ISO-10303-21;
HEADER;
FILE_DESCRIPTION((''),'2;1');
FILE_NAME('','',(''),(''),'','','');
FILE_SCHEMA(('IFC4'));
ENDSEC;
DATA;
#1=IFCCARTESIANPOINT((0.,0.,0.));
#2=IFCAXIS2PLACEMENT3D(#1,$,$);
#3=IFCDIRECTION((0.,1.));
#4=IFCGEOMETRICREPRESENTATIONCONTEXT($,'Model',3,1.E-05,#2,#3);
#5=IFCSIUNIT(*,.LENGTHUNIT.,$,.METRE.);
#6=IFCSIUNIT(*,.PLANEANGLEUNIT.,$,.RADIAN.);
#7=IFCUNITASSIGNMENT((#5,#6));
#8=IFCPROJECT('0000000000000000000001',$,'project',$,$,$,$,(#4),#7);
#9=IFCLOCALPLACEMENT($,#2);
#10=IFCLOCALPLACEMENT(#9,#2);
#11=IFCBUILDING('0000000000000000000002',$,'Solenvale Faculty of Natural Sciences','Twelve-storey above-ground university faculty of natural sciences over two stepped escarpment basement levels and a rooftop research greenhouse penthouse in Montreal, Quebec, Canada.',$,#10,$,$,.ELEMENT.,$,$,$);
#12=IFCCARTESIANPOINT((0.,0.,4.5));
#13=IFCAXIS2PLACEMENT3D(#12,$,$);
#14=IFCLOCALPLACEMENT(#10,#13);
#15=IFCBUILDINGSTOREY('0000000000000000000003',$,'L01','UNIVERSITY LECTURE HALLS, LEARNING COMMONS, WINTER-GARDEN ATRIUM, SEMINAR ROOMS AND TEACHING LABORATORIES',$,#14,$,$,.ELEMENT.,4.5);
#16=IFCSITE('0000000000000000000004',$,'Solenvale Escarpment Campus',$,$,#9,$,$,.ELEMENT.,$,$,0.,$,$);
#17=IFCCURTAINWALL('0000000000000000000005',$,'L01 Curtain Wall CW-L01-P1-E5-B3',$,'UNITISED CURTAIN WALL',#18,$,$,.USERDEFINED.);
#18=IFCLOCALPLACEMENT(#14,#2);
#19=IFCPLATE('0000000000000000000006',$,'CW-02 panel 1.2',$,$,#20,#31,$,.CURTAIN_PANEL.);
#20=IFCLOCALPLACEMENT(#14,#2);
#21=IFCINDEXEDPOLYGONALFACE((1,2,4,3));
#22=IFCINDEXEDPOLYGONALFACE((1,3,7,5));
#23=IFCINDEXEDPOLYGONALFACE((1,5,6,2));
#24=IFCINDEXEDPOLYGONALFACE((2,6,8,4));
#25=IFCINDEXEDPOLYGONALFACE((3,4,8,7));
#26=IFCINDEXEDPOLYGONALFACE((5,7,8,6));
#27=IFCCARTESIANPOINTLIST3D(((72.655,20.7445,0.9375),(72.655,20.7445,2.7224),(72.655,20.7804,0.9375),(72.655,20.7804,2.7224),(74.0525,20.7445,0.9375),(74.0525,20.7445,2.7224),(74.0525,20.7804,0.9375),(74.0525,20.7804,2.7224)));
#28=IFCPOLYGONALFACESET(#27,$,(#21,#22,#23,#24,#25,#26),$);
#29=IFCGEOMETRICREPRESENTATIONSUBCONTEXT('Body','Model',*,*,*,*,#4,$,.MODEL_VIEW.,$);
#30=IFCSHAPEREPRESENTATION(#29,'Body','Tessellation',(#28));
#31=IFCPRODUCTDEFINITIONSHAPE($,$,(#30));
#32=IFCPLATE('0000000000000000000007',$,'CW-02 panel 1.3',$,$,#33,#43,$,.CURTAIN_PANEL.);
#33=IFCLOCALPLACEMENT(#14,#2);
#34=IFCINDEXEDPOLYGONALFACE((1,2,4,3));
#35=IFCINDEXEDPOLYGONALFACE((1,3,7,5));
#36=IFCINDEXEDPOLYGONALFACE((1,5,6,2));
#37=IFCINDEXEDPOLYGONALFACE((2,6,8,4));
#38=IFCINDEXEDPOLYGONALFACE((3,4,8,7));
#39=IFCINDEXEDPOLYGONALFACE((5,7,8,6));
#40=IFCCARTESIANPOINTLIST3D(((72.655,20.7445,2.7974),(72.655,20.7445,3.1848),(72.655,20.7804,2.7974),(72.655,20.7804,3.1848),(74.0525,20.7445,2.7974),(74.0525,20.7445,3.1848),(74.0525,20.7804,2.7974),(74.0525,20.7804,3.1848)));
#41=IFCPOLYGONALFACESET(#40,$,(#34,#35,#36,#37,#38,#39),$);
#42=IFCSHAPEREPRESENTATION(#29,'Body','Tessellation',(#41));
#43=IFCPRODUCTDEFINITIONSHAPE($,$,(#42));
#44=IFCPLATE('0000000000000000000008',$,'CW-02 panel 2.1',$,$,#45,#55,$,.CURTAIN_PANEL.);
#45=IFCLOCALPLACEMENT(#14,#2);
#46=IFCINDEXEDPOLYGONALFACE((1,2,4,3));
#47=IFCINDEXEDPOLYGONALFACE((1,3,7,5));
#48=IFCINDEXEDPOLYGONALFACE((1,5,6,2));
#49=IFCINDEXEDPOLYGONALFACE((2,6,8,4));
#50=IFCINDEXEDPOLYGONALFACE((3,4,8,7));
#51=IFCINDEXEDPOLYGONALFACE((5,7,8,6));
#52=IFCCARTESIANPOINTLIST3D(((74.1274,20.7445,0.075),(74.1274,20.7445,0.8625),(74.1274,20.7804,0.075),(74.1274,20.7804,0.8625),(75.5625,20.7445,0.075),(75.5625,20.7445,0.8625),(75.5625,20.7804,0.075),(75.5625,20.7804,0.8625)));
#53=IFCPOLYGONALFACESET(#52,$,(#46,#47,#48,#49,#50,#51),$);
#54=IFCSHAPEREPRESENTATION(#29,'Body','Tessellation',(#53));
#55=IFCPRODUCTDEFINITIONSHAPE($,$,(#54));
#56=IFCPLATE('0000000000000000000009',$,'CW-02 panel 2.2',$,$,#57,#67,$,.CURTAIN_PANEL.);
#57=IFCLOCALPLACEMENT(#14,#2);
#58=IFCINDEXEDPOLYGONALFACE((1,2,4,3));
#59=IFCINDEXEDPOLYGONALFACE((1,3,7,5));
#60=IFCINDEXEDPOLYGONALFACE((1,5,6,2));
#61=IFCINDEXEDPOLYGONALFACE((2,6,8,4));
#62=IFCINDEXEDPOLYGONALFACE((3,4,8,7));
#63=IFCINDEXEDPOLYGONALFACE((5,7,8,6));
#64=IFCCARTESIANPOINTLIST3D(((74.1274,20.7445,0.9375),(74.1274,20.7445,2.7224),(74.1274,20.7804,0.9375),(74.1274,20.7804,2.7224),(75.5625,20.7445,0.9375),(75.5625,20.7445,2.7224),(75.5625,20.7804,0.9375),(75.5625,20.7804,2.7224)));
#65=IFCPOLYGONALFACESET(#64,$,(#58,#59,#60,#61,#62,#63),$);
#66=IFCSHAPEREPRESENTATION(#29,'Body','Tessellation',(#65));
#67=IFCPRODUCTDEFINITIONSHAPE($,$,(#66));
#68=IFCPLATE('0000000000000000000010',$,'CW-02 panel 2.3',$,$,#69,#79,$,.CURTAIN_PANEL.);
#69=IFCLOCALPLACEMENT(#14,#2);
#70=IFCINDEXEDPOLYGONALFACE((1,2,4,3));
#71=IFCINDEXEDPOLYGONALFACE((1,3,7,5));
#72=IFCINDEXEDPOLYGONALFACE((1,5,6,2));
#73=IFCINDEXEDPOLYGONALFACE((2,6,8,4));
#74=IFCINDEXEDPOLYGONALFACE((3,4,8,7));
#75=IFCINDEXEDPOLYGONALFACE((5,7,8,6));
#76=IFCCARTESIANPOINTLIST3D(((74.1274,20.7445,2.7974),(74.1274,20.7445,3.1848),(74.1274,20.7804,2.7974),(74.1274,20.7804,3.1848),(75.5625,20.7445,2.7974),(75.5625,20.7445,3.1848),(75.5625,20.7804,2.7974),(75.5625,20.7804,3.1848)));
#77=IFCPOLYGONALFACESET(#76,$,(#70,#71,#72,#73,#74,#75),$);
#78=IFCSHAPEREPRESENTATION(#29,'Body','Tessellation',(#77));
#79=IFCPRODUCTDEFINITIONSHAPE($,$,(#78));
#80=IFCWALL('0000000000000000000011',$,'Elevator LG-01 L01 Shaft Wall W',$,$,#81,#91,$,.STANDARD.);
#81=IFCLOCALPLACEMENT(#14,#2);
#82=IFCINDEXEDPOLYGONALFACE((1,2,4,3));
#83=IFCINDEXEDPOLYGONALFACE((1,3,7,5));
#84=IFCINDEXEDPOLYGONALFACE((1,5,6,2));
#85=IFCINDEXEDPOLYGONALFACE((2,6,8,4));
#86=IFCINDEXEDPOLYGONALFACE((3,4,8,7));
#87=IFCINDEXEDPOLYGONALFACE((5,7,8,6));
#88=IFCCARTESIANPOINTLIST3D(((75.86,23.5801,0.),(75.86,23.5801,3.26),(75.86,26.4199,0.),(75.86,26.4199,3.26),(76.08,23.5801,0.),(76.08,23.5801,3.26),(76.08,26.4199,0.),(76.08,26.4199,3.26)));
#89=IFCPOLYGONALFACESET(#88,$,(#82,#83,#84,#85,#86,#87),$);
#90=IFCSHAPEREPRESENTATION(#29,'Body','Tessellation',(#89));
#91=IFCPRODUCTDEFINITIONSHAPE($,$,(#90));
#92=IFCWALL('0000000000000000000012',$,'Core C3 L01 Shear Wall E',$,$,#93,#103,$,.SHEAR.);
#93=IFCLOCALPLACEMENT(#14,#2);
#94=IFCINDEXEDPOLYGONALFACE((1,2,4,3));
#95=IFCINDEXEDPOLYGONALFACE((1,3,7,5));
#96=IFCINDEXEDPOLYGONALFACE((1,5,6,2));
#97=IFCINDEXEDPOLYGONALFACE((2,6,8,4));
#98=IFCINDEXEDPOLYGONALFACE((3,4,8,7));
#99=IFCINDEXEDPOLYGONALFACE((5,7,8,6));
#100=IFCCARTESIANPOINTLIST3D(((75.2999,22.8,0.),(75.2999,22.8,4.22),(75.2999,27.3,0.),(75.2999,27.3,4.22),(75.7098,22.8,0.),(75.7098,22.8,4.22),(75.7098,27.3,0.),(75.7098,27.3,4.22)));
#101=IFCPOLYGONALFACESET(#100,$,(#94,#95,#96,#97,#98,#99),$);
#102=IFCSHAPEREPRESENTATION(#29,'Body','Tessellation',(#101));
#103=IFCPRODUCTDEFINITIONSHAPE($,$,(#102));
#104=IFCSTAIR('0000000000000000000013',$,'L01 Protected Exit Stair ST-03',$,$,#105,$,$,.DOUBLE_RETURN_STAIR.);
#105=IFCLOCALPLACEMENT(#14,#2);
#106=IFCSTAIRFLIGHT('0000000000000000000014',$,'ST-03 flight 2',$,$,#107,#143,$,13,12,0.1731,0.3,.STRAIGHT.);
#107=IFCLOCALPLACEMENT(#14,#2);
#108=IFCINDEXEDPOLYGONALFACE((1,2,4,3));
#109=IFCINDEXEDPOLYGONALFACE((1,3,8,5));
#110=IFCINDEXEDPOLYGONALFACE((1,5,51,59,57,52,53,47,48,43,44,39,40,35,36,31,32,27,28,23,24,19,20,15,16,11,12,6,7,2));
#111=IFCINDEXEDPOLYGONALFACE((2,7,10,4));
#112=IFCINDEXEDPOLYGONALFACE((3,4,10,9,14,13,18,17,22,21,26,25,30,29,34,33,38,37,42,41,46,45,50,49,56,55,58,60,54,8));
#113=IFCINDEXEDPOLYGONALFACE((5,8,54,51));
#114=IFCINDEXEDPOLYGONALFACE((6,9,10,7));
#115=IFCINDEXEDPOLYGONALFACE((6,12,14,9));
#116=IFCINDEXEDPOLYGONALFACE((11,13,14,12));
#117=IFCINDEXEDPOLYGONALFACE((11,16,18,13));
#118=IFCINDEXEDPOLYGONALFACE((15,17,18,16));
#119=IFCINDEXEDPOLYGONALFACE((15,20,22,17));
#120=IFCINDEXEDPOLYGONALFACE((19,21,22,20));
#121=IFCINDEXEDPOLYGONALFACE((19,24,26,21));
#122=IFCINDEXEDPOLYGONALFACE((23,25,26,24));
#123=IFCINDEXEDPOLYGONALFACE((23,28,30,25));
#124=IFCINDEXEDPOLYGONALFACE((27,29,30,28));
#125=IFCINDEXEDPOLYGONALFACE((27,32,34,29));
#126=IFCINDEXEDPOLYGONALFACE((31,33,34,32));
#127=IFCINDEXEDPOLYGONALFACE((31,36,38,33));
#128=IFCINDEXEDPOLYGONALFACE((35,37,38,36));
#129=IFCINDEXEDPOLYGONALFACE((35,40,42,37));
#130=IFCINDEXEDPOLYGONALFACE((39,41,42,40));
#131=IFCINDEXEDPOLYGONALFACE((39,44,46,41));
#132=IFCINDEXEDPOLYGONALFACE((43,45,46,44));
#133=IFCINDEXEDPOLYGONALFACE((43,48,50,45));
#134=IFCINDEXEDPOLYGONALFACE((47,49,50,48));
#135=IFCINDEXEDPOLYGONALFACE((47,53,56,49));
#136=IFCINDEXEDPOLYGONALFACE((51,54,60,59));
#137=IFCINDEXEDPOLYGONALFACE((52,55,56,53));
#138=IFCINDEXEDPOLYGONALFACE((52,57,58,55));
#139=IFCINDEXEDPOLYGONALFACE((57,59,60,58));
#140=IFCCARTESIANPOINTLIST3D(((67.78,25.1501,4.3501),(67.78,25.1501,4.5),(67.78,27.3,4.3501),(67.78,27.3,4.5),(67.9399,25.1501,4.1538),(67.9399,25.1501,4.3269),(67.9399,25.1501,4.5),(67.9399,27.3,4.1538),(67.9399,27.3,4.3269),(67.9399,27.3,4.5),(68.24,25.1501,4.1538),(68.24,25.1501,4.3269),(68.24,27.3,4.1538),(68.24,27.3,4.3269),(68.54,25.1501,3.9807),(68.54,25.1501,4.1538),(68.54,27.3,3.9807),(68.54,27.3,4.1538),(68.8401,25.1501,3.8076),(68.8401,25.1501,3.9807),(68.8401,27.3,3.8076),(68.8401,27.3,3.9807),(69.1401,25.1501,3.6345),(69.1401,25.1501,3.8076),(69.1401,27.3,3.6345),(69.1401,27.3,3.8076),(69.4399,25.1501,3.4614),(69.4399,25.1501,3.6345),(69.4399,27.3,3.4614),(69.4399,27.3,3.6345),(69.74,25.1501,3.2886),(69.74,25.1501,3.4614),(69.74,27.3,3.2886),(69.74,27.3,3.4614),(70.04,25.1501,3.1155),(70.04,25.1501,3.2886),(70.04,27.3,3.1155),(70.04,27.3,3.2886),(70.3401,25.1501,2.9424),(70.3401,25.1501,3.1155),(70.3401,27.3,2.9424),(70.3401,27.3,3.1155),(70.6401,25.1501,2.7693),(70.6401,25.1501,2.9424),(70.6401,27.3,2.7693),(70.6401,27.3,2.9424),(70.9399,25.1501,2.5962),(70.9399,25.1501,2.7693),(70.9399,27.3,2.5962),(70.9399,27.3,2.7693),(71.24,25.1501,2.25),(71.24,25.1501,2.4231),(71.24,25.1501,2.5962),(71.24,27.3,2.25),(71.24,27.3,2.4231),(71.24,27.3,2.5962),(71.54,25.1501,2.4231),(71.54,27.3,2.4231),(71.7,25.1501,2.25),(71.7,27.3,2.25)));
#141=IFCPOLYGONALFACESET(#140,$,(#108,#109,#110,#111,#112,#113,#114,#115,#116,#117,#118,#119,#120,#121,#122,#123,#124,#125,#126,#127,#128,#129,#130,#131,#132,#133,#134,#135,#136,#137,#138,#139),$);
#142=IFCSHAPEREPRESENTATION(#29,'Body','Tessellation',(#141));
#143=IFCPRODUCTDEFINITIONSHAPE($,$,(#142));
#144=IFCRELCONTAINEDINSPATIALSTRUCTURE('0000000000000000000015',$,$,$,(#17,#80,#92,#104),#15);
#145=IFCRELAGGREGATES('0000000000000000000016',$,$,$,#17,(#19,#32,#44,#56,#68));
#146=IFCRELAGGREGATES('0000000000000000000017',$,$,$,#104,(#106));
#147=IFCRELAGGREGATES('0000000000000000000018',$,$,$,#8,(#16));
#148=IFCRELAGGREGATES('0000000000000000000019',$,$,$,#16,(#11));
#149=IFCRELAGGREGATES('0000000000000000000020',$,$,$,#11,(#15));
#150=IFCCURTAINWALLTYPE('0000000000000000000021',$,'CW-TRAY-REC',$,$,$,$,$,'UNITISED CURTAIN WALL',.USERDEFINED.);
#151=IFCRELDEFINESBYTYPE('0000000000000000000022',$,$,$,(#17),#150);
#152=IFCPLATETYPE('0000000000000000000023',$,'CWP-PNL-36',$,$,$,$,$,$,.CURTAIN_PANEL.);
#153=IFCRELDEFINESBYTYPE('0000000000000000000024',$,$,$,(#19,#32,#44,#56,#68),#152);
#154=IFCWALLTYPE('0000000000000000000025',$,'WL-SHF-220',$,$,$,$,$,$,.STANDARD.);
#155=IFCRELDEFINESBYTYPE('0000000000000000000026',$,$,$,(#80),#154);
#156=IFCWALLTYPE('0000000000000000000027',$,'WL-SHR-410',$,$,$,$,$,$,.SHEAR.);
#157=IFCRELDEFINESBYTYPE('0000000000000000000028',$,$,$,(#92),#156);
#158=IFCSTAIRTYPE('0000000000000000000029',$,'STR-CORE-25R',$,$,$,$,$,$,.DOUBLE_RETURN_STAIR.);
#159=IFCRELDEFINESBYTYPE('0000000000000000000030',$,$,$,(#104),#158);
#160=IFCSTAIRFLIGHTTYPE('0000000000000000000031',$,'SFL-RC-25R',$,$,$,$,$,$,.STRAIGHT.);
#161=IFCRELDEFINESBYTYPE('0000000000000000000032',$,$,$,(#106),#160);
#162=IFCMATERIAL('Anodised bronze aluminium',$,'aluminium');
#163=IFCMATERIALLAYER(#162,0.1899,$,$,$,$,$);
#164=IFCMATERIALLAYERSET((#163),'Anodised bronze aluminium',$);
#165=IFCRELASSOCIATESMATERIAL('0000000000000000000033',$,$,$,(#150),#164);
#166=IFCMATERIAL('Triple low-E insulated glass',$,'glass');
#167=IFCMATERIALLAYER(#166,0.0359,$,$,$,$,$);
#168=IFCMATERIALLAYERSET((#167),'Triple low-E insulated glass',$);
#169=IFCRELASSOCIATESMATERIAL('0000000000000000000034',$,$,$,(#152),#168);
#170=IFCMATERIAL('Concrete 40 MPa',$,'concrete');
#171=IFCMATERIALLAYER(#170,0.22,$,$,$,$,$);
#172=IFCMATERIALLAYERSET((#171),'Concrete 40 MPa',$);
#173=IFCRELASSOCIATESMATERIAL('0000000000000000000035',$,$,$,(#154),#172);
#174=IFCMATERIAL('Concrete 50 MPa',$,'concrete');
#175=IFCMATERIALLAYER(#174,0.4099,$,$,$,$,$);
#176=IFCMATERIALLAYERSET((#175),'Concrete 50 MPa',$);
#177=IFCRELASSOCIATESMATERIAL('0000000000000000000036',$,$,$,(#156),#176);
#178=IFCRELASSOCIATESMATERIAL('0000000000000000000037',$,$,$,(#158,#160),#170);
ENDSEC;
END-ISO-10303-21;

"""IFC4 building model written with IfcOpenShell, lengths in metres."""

from ifc_helpers import new_model, si_unit, direction, frame, frame_2d, origin, origin_2d, place, context, subcontext, project, spatial, polyline, rectangle, outline, extrude, material, layer, layer_set, type_object, element, aggregate, save


model = new_model("IFC4")

# Units and contexts
model_context = context("Model", 3, precision=1e-05, world=origin(), true_north=direction((0.0, 1.0)))
body_context = subcontext(model_context, "Body", "Model", "MODEL_VIEW")
ifc_project = project(units=[si_unit("LENGTHUNIT", "METRE"), si_unit("PLANEANGLEUNIT", "RADIAN")], contexts=[model_context])

# Site, building, storey
site_placement = place(None, origin())
site = spatial("IfcSite", under=ifc_project, at=site_placement, Name="Solenvale Escarpment Campus", CompositionType="ELEMENT", RefElevation=0.0)
building_placement = place(site_placement, origin())
building = spatial("IfcBuilding", under=site, at=building_placement, Name="Solenvale Faculty of Natural Sciences", Description="Twelve-storey above-ground university faculty of natural sciences over two stepped escarpment basement levels and a rooftop research greenhouse penthouse in Montreal, Quebec, Canada.", CompositionType="ELEMENT")
storey_placement = place(building_placement, frame((0.0, 0.0, 4.5)))
storey = spatial("IfcBuildingStorey", under=building, at=storey_placement, Name="L01", Description="UNIVERSITY LECTURE HALLS, LEARNING COMMONS, WINTER-GARDEN ATRIUM, SEMINAR ROOMS AND TEACHING LABORATORIES", CompositionType="ELEMENT", Elevation=4.5)

# Shared definitions
ifc_material_1 = material(Name="Concrete 50 MPa", Category="concrete")

# Shared definitions
ifc_material_2 = material(Name="Concrete 40 MPa", Category="concrete")

# Curtain wall, plates
ifc_material_3 = material(Name="Anodised bronze aluminium", Category="aluminium")
ifc_layer_1 = layer(ifc_material_3, 0.1899)
ifc_layer_set_1 = layer_set([ifc_layer_1], Name="Anodised bronze aluminium")
curtain_wall_type = type_object("IfcCurtainWallType", Name="CW-TRAY-REC", ElementType="UNITISED CURTAIN WALL", PredefinedType="USERDEFINED", material=ifc_layer_set_1)
curtain_wall_placement = place(storey_placement, origin())
curtain_wall = element("IfcCurtainWall", 1, at=curtain_wall_placement, inside=storey, type_object=curtain_wall_type, Name="L01 Curtain Wall CW-L01-P1-E5-B3", ObjectType="UNITISED CURTAIN WALL", PredefinedType="USERDEFINED")
ifc_material_4 = material(Name="Triple low-E insulated glass", Category="glass")
ifc_layer_2 = layer(ifc_material_4, 0.0359)
ifc_layer_set_2 = layer_set([ifc_layer_2], Name="Triple low-E insulated glass")
plate_type = type_object("IfcPlateType", Name="CWP-PNL-36", PredefinedType="CURTAIN_PANEL", material=ifc_layer_set_2)
plate_1_placement = place(storey_placement, frame((73.3538, 20.7625, 0.9375), z_axis=(0.0, 0.0, 1.0), x_axis=(1.0, 0.0, 0.0)))
plate_1 = element("IfcPlate", 2, at=plate_1_placement, type_object=plate_type, Name="CW-02 panel 1.2", PredefinedType="CURTAIN_PANEL", context=body_context, shape_type="SweptSolid", body=[
    extrude(rectangle(XDim=1.3975, YDim=0.0359, at=origin_2d()), origin(), (0.0, 0.0, 1.0), 1.7849),
])
plate_2_placement = place(storey_placement, frame((73.3538, 20.7625, 2.7974), z_axis=(0.0, 0.0, 1.0), x_axis=(1.0, 0.0, 0.0)))
plate_2 = element("IfcPlate", 3, at=plate_2_placement, type_object=plate_type, Name="CW-02 panel 1.3", PredefinedType="CURTAIN_PANEL", context=body_context, shape_type="SweptSolid", body=[
    extrude(rectangle(XDim=1.3975, YDim=0.0359, at=origin_2d()), origin(), (0.0, 0.0, 1.0), 0.3875),
])
plate_3_placement = place(storey_placement, frame((74.845, 20.7625, 0.075), z_axis=(0.0, 0.0, 1.0), x_axis=(1.0, 0.0, 0.0)))
plate_3 = element("IfcPlate", 4, at=plate_3_placement, type_object=plate_type, Name="CW-02 panel 2.1", PredefinedType="CURTAIN_PANEL", context=body_context, shape_type="SweptSolid", body=[
    extrude(rectangle(XDim=1.4351, YDim=0.0359, at=origin_2d()), origin(), (0.0, 0.0, 1.0), 0.7876),
])
plate_4_placement = place(storey_placement, frame((74.845, 20.7625, 0.9375), z_axis=(0.0, 0.0, 1.0), x_axis=(1.0, 0.0, 0.0)))
plate_4 = element("IfcPlate", 5, at=plate_4_placement, type_object=plate_type, Name="CW-02 panel 2.2", PredefinedType="CURTAIN_PANEL", context=body_context, shape_type="SweptSolid", body=[
    extrude(rectangle(XDim=1.4351, YDim=0.0359, at=origin_2d()), origin(), (0.0, 0.0, 1.0), 1.7849),
])
plate_5_placement = place(storey_placement, frame((74.845, 20.7625, 2.7974), z_axis=(0.0, 0.0, 1.0), x_axis=(1.0, 0.0, 0.0)))
plate_5 = element("IfcPlate", 6, at=plate_5_placement, type_object=plate_type, Name="CW-02 panel 2.3", PredefinedType="CURTAIN_PANEL", context=body_context, shape_type="SweptSolid", body=[
    extrude(rectangle(XDim=1.4351, YDim=0.0359, at=origin_2d()), origin(), (0.0, 0.0, 1.0), 0.3875),
])
aggregate(curtain_wall, [plate_1, plate_2, plate_3, plate_4, plate_5])

# Walls
ifc_layer_3 = layer(ifc_material_2, 0.22)
ifc_layer_set_3 = layer_set([ifc_layer_3], Name="Concrete 40 MPa")
wall_type_1 = type_object("IfcWallType", Name="WL-SHF-220", PredefinedType="STANDARD", material=ifc_layer_set_3)
wall_1_placement = place(storey_placement, frame((75.97, 23.5801, 0.0), z_axis=(0.0, 0.0, 1.0), x_axis=(0.0, 1.0, 0.0)))
element("IfcWall", 7, at=wall_1_placement, inside=storey, type_object=wall_type_1, Name="Elevator LG-01 L01 Shaft Wall W", PredefinedType="STANDARD", context=body_context, shape_type="SweptSolid", body=[
    extrude(rectangle(XDim=2.8398, YDim=0.22, at=frame_2d((1.4199, 0.0))), origin(), (0.0, 0.0, 1.0), 3.26),
])
ifc_layer_4 = layer(ifc_material_1, 0.4099)
ifc_layer_set_4 = layer_set([ifc_layer_4], Name="Concrete 50 MPa")
wall_type_2 = type_object("IfcWallType", Name="WL-SHR-410", PredefinedType="SHEAR", material=ifc_layer_set_4)
wall_2_placement = place(storey_placement, frame((75.5049, 22.8, 0.0), z_axis=(0.0, 0.0, 1.0), x_axis=(0.0, 1.0, 0.0)))
element("IfcWall", 8, at=wall_2_placement, inside=storey, type_object=wall_type_2, Name="Core C3 L01 Shear Wall E", PredefinedType="SHEAR", context=body_context, shape_type="SweptSolid", body=[
    extrude(rectangle(XDim=4.5, YDim=0.4099, at=frame_2d((2.25, 0.0))), origin(), (0.0, 0.0, 1.0), 4.22),
])

# Stair, stair flight
stair_type = type_object("IfcStairType", Name="STR-CORE-25R", PredefinedType="DOUBLE_RETURN_STAIR", material=ifc_material_2)
stair_placement = place(storey_placement, origin())
stair = element("IfcStair", 9, at=stair_placement, inside=storey, type_object=stair_type, Name="L01 Protected Exit Stair ST-03", PredefinedType="DOUBLE_RETURN_STAIR")
stair_flight_type = type_object("IfcStairFlightType", Name="SFL-RC-25R", PredefinedType="STRAIGHT", material=ifc_material_2)
stair_flight_placement = place(storey_placement, frame((71.54, 26.2251, 2.25), z_axis=(0.0, 0.0, 1.0), x_axis=(-1.0, 0.0, 0.0)))
stair_flight = element("IfcStairFlight", 10, at=stair_flight_placement, type_object=stair_flight_type, Name="ST-03 flight 2", NumberOfRisers=13, NumberOfTreads=12, PredefinedType="STRAIGHT", RiserHeight=0.1731, TreadLength=0.3, context=body_context, shape_type="SweptSolid", body=[
    extrude(outline(polyline([(-0.1599, 0.0), (0.0, 0.1731), (0.3, 0.1731), (0.3, 0.3462), (0.6001, 0.3462), (0.6001, 0.5193), (0.8999, 0.5193), (0.8999, 0.6924), (1.2, 0.6924), (1.2, 0.8655), (1.5, 0.8655), (1.5, 1.0386), (1.8, 1.0386), (1.8, 1.2114), (2.1001, 1.2114), (2.1001, 1.3845), (2.3999, 1.3845), (2.3999, 1.5576), (2.7, 1.5576), (2.7, 1.7307), (3.0, 1.7307), (3.0, 1.9038), (3.3, 1.9038), (3.3, 2.0769), (3.6001, 2.0769), (3.6001, 2.25), (3.76, 2.25), (3.76, 2.1001), (3.6001, 1.9038), (0.3, 0.0), (-0.1599, 0.0)])), frame((0.0, 1.075, 0.0), z_axis=(0.0, -1.0, 0.0), x_axis=(1.0, 0.0, 0.0)), (0.0, 0.0, 1.0), 2.1499),
])
aggregate(stair, [stair_flight])

save(model, "model.ifc")
